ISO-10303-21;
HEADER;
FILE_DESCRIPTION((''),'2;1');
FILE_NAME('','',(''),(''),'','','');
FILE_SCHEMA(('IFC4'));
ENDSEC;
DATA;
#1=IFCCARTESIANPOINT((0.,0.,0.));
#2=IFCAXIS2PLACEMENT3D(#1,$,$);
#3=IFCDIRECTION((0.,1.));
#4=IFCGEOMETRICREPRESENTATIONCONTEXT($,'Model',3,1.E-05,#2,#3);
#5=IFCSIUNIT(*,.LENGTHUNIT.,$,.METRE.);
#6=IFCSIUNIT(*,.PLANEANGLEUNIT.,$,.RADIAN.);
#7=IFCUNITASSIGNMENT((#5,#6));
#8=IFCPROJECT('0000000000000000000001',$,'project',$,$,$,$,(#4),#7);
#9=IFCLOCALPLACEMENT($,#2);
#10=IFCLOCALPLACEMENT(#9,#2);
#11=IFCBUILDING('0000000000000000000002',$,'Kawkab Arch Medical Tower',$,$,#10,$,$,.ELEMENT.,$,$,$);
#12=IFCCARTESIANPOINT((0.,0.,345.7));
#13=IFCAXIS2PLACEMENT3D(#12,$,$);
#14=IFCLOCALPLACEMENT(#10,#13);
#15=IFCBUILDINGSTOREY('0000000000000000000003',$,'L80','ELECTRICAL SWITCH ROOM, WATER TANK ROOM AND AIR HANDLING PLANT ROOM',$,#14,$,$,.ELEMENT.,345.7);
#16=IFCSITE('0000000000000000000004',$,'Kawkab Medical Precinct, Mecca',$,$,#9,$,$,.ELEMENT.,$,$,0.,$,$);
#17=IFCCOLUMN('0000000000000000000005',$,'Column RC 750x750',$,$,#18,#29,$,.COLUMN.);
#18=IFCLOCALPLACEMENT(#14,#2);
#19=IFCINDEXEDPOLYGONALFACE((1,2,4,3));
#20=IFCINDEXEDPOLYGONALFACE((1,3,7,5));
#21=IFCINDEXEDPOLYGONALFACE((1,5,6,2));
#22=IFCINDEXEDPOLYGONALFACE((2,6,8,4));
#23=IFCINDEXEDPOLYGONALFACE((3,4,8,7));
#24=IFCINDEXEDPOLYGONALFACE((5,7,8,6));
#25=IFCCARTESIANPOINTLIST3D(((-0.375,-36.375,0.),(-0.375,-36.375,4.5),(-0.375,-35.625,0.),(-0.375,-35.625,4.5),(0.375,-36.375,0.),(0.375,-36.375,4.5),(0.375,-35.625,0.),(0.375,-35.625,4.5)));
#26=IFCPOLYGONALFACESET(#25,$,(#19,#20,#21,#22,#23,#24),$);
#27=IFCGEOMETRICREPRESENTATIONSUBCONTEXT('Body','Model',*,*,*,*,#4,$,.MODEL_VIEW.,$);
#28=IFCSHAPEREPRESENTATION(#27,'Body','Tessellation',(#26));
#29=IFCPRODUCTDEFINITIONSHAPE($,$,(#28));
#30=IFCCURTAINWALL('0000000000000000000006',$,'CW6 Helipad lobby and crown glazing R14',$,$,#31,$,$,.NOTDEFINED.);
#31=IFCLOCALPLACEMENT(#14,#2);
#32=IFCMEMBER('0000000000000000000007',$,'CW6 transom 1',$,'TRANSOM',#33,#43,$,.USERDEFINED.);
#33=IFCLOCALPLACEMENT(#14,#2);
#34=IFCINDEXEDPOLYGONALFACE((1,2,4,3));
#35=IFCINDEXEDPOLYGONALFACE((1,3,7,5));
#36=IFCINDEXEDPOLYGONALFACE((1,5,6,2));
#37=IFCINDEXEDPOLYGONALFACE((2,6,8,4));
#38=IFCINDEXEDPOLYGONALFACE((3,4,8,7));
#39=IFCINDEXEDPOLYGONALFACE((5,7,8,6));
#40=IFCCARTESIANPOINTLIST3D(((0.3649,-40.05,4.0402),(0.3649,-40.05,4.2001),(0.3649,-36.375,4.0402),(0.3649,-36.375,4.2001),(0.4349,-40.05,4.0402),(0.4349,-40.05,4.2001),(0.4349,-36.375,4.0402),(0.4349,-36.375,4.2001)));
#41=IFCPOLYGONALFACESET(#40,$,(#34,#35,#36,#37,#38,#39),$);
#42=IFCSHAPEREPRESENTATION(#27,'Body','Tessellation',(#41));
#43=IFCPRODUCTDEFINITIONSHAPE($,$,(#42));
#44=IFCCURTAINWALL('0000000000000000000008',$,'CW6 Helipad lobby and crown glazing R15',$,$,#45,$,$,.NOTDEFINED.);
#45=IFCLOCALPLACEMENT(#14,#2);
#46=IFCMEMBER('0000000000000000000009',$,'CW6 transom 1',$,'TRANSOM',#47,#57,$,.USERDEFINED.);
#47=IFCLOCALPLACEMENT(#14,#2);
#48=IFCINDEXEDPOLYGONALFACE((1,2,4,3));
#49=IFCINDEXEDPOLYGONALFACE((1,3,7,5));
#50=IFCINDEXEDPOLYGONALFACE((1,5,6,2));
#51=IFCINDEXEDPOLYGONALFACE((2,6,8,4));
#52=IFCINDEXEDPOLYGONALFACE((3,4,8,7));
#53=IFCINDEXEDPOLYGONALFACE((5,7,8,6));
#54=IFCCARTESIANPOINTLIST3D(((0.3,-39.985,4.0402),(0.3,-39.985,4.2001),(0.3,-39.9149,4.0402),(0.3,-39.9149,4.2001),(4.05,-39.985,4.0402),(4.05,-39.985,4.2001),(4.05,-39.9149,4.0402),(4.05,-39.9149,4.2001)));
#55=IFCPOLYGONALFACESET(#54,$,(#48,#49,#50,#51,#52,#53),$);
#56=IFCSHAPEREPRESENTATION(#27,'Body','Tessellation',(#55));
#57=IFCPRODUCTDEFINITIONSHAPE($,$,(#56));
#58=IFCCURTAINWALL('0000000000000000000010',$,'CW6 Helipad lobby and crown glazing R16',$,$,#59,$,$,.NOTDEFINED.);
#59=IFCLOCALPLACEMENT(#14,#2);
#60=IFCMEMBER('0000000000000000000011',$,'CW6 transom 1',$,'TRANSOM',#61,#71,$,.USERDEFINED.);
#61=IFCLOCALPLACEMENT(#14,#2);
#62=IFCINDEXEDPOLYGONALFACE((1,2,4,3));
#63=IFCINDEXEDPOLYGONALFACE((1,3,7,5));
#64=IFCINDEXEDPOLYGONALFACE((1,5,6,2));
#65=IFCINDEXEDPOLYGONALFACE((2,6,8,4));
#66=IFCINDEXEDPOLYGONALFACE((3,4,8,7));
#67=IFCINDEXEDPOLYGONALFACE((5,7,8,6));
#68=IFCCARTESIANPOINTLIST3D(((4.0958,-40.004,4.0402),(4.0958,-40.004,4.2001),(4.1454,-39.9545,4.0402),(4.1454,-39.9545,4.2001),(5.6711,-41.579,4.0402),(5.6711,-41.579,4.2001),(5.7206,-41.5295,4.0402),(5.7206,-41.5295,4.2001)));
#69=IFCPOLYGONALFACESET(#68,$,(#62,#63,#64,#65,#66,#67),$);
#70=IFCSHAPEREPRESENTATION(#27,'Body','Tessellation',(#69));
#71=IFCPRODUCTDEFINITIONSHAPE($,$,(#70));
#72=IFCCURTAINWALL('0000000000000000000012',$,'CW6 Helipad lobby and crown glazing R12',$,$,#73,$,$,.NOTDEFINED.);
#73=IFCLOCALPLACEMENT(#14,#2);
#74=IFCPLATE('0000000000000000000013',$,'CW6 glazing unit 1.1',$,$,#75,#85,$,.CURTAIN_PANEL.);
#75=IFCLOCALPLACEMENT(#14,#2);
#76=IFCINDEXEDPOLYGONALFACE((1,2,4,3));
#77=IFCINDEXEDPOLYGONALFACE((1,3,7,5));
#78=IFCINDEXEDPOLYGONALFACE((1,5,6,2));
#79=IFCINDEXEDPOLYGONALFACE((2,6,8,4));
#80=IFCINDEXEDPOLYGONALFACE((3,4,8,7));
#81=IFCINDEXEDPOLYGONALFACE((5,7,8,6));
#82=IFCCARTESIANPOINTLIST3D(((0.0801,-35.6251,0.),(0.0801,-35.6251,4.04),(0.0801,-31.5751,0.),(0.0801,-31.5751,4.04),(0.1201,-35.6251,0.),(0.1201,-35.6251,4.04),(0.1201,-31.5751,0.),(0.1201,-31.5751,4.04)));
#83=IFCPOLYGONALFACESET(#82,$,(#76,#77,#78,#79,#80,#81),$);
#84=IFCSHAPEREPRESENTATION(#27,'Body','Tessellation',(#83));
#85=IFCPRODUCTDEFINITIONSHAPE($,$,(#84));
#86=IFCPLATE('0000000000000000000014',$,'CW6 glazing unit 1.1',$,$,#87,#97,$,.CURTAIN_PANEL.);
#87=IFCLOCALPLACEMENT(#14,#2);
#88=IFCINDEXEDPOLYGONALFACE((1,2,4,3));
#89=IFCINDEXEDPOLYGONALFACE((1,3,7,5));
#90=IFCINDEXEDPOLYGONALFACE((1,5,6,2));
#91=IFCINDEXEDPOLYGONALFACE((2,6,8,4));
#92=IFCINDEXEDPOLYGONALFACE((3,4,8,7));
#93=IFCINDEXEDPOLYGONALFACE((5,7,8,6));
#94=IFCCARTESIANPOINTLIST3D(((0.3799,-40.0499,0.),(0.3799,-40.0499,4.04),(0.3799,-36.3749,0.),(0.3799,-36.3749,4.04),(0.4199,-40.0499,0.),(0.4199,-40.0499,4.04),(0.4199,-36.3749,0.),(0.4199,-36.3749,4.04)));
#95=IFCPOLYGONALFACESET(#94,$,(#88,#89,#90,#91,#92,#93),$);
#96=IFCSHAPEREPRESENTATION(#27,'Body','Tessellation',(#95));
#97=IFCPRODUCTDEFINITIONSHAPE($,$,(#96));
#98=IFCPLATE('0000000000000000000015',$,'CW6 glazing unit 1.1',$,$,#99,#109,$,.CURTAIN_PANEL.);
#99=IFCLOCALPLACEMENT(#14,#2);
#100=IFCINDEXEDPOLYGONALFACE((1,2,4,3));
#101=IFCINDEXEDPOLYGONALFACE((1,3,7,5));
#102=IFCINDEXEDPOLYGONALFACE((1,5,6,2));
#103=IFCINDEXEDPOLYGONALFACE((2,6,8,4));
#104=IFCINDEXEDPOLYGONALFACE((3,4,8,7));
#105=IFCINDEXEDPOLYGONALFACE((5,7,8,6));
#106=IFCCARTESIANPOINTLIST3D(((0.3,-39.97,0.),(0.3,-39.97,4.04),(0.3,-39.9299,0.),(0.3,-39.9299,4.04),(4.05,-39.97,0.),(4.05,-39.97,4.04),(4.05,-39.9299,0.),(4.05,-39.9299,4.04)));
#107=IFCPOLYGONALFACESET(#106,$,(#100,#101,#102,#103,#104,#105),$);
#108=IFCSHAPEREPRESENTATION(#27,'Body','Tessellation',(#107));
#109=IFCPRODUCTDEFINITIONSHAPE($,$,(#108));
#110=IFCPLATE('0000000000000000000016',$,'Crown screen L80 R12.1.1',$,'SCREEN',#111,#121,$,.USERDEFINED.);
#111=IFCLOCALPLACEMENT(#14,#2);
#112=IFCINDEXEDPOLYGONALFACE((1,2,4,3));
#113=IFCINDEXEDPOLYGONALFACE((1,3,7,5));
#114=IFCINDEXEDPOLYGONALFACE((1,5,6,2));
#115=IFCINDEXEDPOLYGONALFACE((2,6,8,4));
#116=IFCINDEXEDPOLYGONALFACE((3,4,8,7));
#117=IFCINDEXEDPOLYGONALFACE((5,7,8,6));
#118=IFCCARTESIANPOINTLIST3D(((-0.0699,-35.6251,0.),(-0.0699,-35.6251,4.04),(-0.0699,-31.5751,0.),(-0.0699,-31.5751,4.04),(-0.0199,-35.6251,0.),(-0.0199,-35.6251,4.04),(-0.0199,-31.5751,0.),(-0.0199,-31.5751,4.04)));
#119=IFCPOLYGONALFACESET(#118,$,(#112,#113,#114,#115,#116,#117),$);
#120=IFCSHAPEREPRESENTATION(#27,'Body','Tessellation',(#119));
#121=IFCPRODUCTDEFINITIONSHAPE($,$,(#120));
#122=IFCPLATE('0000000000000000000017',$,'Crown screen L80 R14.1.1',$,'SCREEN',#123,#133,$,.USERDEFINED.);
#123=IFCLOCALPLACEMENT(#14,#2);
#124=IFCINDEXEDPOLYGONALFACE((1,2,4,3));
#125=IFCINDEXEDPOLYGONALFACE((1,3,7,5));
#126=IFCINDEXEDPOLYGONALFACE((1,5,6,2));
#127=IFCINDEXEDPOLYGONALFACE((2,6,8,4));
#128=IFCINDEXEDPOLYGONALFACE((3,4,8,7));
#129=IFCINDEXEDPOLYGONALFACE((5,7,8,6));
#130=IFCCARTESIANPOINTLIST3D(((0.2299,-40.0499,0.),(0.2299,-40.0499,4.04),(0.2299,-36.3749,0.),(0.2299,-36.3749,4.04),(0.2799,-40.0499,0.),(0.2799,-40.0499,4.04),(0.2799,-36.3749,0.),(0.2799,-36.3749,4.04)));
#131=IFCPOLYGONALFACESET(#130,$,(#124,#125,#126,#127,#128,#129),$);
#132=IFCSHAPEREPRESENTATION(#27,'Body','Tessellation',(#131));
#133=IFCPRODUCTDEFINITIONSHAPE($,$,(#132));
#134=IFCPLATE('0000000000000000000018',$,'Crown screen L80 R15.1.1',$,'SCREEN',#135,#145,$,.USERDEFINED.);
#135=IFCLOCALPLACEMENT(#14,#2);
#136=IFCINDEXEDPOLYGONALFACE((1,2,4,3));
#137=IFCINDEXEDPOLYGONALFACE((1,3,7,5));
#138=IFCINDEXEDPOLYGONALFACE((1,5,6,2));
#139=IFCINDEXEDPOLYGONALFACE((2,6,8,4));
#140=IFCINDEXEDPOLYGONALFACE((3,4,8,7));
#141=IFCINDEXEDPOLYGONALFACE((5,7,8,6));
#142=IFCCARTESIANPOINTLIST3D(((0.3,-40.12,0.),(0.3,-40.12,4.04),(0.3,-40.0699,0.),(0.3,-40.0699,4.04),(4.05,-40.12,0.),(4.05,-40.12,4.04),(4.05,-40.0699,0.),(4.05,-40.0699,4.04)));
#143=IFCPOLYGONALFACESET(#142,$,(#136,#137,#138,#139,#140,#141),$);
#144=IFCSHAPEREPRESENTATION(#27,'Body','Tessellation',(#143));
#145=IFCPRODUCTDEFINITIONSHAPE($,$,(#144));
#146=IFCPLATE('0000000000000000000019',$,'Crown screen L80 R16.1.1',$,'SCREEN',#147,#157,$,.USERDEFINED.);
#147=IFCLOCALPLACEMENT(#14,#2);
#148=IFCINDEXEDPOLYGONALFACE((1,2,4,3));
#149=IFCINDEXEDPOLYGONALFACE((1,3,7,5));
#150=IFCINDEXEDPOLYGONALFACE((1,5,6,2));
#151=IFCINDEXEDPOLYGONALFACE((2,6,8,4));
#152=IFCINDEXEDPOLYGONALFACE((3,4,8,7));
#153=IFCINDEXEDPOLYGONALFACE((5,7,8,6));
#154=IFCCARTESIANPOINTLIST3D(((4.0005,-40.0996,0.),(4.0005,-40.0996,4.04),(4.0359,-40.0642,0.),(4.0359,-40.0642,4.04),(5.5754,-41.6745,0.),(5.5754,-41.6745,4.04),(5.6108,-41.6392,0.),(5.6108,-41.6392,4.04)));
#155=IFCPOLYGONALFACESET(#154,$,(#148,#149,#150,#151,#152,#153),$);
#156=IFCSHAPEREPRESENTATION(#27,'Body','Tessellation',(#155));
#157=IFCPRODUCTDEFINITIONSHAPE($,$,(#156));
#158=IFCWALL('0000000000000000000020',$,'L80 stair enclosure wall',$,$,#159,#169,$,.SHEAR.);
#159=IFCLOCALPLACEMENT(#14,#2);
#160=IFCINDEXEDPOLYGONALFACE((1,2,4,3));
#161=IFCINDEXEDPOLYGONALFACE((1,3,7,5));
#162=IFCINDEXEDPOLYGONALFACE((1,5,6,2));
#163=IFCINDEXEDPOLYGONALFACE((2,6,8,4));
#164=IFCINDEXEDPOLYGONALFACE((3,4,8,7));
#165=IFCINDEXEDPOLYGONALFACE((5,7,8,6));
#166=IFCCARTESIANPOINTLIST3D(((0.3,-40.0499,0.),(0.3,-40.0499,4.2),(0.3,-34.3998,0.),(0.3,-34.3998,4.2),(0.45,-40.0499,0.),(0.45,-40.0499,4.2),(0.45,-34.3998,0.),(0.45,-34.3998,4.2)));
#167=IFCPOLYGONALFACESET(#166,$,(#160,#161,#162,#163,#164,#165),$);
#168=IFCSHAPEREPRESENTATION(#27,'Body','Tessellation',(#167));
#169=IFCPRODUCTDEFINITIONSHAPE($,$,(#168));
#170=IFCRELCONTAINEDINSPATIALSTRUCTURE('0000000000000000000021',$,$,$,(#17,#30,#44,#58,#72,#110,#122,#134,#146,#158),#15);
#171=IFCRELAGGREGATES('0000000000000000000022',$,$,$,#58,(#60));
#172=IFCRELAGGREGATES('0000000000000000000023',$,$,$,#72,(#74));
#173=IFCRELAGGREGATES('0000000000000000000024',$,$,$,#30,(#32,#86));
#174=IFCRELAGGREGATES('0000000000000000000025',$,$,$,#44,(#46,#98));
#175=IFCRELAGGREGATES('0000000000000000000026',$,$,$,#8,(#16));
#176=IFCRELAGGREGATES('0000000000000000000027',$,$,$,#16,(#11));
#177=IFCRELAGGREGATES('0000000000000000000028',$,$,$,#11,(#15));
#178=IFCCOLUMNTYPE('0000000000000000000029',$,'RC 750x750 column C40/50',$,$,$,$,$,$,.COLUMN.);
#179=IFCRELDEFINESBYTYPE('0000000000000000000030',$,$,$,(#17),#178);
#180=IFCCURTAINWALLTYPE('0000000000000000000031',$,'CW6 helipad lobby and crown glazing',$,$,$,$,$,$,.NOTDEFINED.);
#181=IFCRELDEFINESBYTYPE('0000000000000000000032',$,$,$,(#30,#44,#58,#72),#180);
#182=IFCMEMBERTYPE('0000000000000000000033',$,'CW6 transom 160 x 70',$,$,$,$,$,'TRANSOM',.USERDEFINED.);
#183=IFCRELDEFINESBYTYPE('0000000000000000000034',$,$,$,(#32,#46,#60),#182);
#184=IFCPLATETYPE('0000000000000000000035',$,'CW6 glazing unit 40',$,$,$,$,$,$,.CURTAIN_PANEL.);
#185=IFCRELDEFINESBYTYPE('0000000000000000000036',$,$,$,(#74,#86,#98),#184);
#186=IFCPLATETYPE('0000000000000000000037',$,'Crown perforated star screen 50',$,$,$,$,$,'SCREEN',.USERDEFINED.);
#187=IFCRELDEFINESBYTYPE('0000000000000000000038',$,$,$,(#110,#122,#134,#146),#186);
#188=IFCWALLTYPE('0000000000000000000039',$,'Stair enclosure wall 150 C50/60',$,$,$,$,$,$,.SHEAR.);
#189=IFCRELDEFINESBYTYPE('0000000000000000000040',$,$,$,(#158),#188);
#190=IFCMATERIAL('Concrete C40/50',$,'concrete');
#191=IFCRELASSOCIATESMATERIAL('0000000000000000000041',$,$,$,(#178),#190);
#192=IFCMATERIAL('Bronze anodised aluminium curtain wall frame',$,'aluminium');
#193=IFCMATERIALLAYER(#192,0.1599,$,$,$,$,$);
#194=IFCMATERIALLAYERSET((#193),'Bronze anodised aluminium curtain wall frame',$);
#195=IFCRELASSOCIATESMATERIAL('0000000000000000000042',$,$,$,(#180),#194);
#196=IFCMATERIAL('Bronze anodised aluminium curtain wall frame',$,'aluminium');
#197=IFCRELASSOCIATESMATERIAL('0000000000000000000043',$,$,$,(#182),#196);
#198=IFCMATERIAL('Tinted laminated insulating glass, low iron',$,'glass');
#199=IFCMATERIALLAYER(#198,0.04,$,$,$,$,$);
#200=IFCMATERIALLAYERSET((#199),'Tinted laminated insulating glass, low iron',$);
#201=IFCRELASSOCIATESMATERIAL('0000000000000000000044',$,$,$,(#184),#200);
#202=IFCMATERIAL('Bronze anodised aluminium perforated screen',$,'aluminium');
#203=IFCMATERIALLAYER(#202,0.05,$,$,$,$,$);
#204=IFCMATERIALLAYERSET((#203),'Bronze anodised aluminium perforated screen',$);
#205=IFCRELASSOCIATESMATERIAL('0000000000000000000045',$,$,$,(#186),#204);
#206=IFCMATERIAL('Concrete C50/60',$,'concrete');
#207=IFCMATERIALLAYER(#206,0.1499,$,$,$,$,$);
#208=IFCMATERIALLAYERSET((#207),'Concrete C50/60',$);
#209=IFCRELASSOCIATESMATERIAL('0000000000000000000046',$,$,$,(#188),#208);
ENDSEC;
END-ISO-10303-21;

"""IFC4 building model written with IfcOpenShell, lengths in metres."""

from ifc_helpers import new_model, si_unit, direction, frame, frame_2d, origin, origin_2d, place, context, subcontext, project, spatial, rectangle, extrude, material, layer, layer_set, material_profile, profile_set, type_object, element, aggregate, save


model = new_model("IFC4")

# Units and contexts
model_context = context("Model", 3, precision=1e-05, world=origin(), true_north=direction((0.0, 1.0)))
body_context = subcontext(model_context, "Body", "Model", "MODEL_VIEW")
ifc_project = project(units=[si_unit("LENGTHUNIT", "METRE"), si_unit("PLANEANGLEUNIT", "RADIAN")], contexts=[model_context])

# Site, building, storey
site_placement = place(None, origin())
site = spatial("IfcSite", under=ifc_project, at=site_placement, Name="Kawkab Medical Precinct, Mecca", CompositionType="ELEMENT", RefElevation=0.0)
building_placement = place(site_placement, origin())
building = spatial("IfcBuilding", under=site, at=building_placement, Name="Kawkab Arch Medical Tower", CompositionType="ELEMENT")
storey_placement = place(building_placement, frame((0.0, 0.0, 345.7)))
storey = spatial("IfcBuildingStorey", under=building, at=storey_placement, Name="L80", Description="ELECTRICAL SWITCH ROOM, WATER TANK ROOM AND AIR HANDLING PLANT ROOM", CompositionType="ELEMENT", Elevation=345.7)

# Column
ifc_material_1 = material(Name="Concrete C40/50", Category="concrete")
ifc_material_profile_1 = material_profile(ifc_material_1, rectangle(XDim=0.75, YDim=0.75, at=origin_2d()), Name="RC 750x750")
ifc_profile_set_1 = profile_set([ifc_material_profile_1], Name="Concrete C40/50")
column_type = type_object("IfcColumnType", Name="RC 750x750 column C40/50", PredefinedType="COLUMN", material=ifc_profile_set_1)
column_placement = place(storey_placement, frame((0.0, -36.0, 0.0), z_axis=(0.0, 0.0, 1.0), x_axis=(1.0, 0.0, 0.0)))
element("IfcColumn", 1, at=column_placement, inside=storey, type_object=column_type, Name="Column RC 750x750", PredefinedType="COLUMN", context=body_context, shape_type="SweptSolid", body=[
    extrude(rectangle(XDim=0.75, YDim=0.75, at=origin_2d()), origin(), (0.0, 0.0, 1.0), 4.5),
])

# Curtain walls, members
ifc_material_2 = material(Name="Bronze anodised aluminium curtain wall frame", Category="aluminium")
ifc_layer_1 = layer(ifc_material_2, 0.1599)
ifc_layer_set_1 = layer_set([ifc_layer_1], Name="Bronze anodised aluminium curtain wall frame")
curtain_wall_type = type_object("IfcCurtainWallType", Name="CW6 helipad lobby and crown glazing", PredefinedType="NOTDEFINED", material=ifc_layer_set_1)
placement = place(storey_placement, origin())
curtain_wall_1 = element("IfcCurtainWall", 2, at=placement, inside=storey, type_object=curtain_wall_type, Name="CW6 Helipad lobby and crown glazing R14", PredefinedType="NOTDEFINED")
ifc_material_3 = material(Name="Bronze anodised aluminium curtain wall frame", Category="aluminium")
ifc_material_profile_2 = material_profile(ifc_material_3, rectangle(XDim=0.0701, YDim=0.1599, at=origin_2d()), Name="AL 70x160")
ifc_profile_set_2 = profile_set([ifc_material_profile_2], Name="Bronze anodised aluminium curtain wall frame")
member_type = type_object("IfcMemberType", Name="CW6 transom 160 x 70", ElementType="TRANSOM", PredefinedType="USERDEFINED", material=ifc_profile_set_2)
member_1_placement = place(storey_placement, frame((0.3999, -36.375, 4.1201), z_axis=(0.0, -1.0, 0.0), x_axis=(1.0, 0.0, 0.0)))
member_1 = element("IfcMember", 3, at=member_1_placement, type_object=member_type, Name="CW6 transom 1", ObjectType="TRANSOM", PredefinedType="USERDEFINED", context=body_context, shape_type="SweptSolid", body=[
    extrude(rectangle(XDim=0.0701, YDim=0.1599, at=origin_2d()), origin(), (0.0, 0.0, 1.0), 3.675),
])
curtain_wall_2 = element("IfcCurtainWall", 4, at=placement, inside=storey, type_object=curtain_wall_type, Name="CW6 Helipad lobby and crown glazing R15", PredefinedType="NOTDEFINED")
member_2_placement = place(storey_placement, frame((0.3, -39.95, 4.1201), z_axis=(1.0, 0.0, 0.0), x_axis=(0.0, 1.0, 0.0)))
member_2 = element("IfcMember", 5, at=member_2_placement, type_object=member_type, Name="CW6 transom 1", ObjectType="TRANSOM", PredefinedType="USERDEFINED", context=body_context, shape_type="SweptSolid", body=[
    extrude(rectangle(XDim=0.0701, YDim=0.1599, at=origin_2d()), origin(), (0.0, 0.0, 1.0), 3.75),
])
curtain_wall_3 = element("IfcCurtainWall", 6, at=placement, inside=storey, type_object=curtain_wall_type, Name="CW6 Helipad lobby and crown glazing R16", PredefinedType="NOTDEFINED")
member_3_placement = place(storey_placement, frame((4.1206, -39.9792, 4.1201), z_axis=(0.707162, -0.707052, 0.0), x_axis=(0.707052, 0.707162, 0.0)))
member_3 = element("IfcMember", 7, at=member_3_placement, type_object=member_type, Name="CW6 transom 1", ObjectType="TRANSOM", PredefinedType="USERDEFINED", context=body_context, shape_type="SweptSolid", body=[
    extrude(rectangle(XDim=0.0701, YDim=0.1599, at=origin_2d()), origin(), (0.0, 0.0, 1.0), 2.2275),
])
aggregate(curtain_wall_3, [member_3])

# Curtain wall, plate
curtain_wall_4 = element("IfcCurtainWall", 8, at=placement, inside=storey, type_object=curtain_wall_type, Name="CW6 Helipad lobby and crown glazing R12", PredefinedType="NOTDEFINED")
ifc_material_4 = material(Name="Tinted laminated insulating glass, low iron", Category="glass")
ifc_layer_2 = layer(ifc_material_4, 0.04)
ifc_layer_set_2 = layer_set([ifc_layer_2], Name="Tinted laminated insulating glass, low iron")
plate_type_1 = type_object("IfcPlateType", Name="CW6 glazing unit 40", PredefinedType="CURTAIN_PANEL", material=ifc_layer_set_2)
plate_1_placement = place(storey_placement, frame((0.1001, -33.6001, 0.0), z_axis=(0.0, 0.0, 1.0), x_axis=(0.0, -1.0, 0.0)))
plate_1 = element("IfcPlate", 9, at=plate_1_placement, type_object=plate_type_1, Name="CW6 glazing unit 1.1", PredefinedType="CURTAIN_PANEL", context=body_context, shape_type="SweptSolid", body=[
    extrude(rectangle(XDim=4.05, YDim=0.04, at=origin_2d()), origin(), (0.0, 0.0, 1.0), 4.04),
])
aggregate(curtain_wall_4, [plate_1])

# Plates
plate_2_placement = place(storey_placement, frame((0.3999, -38.2124, 0.0), z_axis=(0.0, 0.0, 1.0), x_axis=(0.0, -1.0, 0.0)))
plate_2 = element("IfcPlate", 10, at=plate_2_placement, type_object=plate_type_1, Name="CW6 glazing unit 1.1", PredefinedType="CURTAIN_PANEL", context=body_context, shape_type="SweptSolid", body=[
    extrude(rectangle(XDim=3.675, YDim=0.04, at=origin_2d()), origin(), (0.0, 0.0, 1.0), 4.04),
])
aggregate(curtain_wall_1, [member_1, plate_2])
plate_3_placement = place(storey_placement, frame((2.175, -39.95, 0.0), z_axis=(0.0, 0.0, 1.0), x_axis=(1.0, 0.0, 0.0)))
plate_3 = element("IfcPlate", 11, at=plate_3_placement, type_object=plate_type_1, Name="CW6 glazing unit 1.1", PredefinedType="CURTAIN_PANEL", context=body_context, shape_type="SweptSolid", body=[
    extrude(rectangle(XDim=3.75, YDim=0.04, at=origin_2d()), origin(), (0.0, 0.0, 1.0), 4.04),
])
aggregate(curtain_wall_2, [member_2, plate_3])

# Plates
ifc_material_5 = material(Name="Bronze anodised aluminium perforated screen", Category="aluminium")
ifc_layer_3 = layer(ifc_material_5, 0.05)
ifc_layer_set_3 = layer_set([ifc_layer_3], Name="Bronze anodised aluminium perforated screen")
plate_type_2 = type_object("IfcPlateType", Name="Crown perforated star screen 50", ElementType="SCREEN", PredefinedType="USERDEFINED", material=ifc_layer_set_3)
plate_4_placement = place(storey_placement, frame((-0.0449, -33.6001, 0.0), z_axis=(0.0, 0.0, 1.0), x_axis=(0.0, -1.0, 0.0)))
element("IfcPlate", 12, at=plate_4_placement, inside=storey, type_object=plate_type_2, Name="Crown screen L80 R12.1.1", ObjectType="SCREEN", PredefinedType="USERDEFINED", context=body_context, shape_type="SweptSolid", body=[
    extrude(rectangle(XDim=4.05, YDim=0.05, at=origin_2d()), origin(), (0.0, 0.0, 1.0), 4.04),
])
plate_5_placement = place(storey_placement, frame((0.2549, -38.2124, 0.0), z_axis=(0.0, 0.0, 1.0), x_axis=(0.0, -1.0, 0.0)))
element("IfcPlate", 13, at=plate_5_placement, inside=storey, type_object=plate_type_2, Name="Crown screen L80 R14.1.1", ObjectType="SCREEN", PredefinedType="USERDEFINED", context=body_context, shape_type="SweptSolid", body=[
    extrude(rectangle(XDim=3.675, YDim=0.05, at=origin_2d()), origin(), (0.0, 0.0, 1.0), 4.04),
])
plate_6_placement = place(storey_placement, frame((2.175, -40.095, 0.0), z_axis=(0.0, 0.0, 1.0), x_axis=(1.0, 0.0, 0.0)))
element("IfcPlate", 14, at=plate_6_placement, inside=storey, type_object=plate_type_2, Name="Crown screen L80 R15.1.1", ObjectType="SCREEN", PredefinedType="USERDEFINED", context=body_context, shape_type="SweptSolid", body=[
    extrude(rectangle(XDim=3.75, YDim=0.05, at=origin_2d()), origin(), (0.0, 0.0, 1.0), 4.04),
])
plate_7_placement = place(storey_placement, frame((4.8057, -40.8694, 0.0), z_axis=(0.0, 0.0, 1.0), x_axis=(0.707107, -0.707107, 0.0)))
element("IfcPlate", 15, at=plate_7_placement, inside=storey, type_object=plate_type_2, Name="Crown screen L80 R16.1.1", ObjectType="SCREEN", PredefinedType="USERDEFINED", context=body_context, shape_type="SweptSolid", body=[
    extrude(rectangle(XDim=2.2273, YDim=0.05, at=origin_2d()), origin(), (0.0, 0.0, 1.0), 4.04),
])

# Wall
ifc_material_6 = material(Name="Concrete C50/60", Category="concrete")
ifc_layer_4 = layer(ifc_material_6, 0.1499)
ifc_layer_set_4 = layer_set([ifc_layer_4], Name="Concrete C50/60")
wall_type_1 = type_object("IfcWallType", Name="Stair enclosure wall 150 C50/60", PredefinedType="SHEAR", material=ifc_layer_set_4)
wall_1_placement = place(storey_placement, frame((0.375, -40.05, 0.0), z_axis=(0.0, 0.0, 1.0), x_axis=(0.0, 1.0, 0.0)))
element("IfcWall", 16, at=wall_1_placement, inside=storey, type_object=wall_type_1, Name="L80 stair enclosure wall", PredefinedType="SHEAR", context=body_context, shape_type="SweptSolid", body=[
    extrude(rectangle(XDim=5.6501, YDim=0.1499, at=frame_2d((2.8252, 0.0))), origin(), (0.0, 0.0, 1.0), 4.2),
])

save(model, "model.ifc")
